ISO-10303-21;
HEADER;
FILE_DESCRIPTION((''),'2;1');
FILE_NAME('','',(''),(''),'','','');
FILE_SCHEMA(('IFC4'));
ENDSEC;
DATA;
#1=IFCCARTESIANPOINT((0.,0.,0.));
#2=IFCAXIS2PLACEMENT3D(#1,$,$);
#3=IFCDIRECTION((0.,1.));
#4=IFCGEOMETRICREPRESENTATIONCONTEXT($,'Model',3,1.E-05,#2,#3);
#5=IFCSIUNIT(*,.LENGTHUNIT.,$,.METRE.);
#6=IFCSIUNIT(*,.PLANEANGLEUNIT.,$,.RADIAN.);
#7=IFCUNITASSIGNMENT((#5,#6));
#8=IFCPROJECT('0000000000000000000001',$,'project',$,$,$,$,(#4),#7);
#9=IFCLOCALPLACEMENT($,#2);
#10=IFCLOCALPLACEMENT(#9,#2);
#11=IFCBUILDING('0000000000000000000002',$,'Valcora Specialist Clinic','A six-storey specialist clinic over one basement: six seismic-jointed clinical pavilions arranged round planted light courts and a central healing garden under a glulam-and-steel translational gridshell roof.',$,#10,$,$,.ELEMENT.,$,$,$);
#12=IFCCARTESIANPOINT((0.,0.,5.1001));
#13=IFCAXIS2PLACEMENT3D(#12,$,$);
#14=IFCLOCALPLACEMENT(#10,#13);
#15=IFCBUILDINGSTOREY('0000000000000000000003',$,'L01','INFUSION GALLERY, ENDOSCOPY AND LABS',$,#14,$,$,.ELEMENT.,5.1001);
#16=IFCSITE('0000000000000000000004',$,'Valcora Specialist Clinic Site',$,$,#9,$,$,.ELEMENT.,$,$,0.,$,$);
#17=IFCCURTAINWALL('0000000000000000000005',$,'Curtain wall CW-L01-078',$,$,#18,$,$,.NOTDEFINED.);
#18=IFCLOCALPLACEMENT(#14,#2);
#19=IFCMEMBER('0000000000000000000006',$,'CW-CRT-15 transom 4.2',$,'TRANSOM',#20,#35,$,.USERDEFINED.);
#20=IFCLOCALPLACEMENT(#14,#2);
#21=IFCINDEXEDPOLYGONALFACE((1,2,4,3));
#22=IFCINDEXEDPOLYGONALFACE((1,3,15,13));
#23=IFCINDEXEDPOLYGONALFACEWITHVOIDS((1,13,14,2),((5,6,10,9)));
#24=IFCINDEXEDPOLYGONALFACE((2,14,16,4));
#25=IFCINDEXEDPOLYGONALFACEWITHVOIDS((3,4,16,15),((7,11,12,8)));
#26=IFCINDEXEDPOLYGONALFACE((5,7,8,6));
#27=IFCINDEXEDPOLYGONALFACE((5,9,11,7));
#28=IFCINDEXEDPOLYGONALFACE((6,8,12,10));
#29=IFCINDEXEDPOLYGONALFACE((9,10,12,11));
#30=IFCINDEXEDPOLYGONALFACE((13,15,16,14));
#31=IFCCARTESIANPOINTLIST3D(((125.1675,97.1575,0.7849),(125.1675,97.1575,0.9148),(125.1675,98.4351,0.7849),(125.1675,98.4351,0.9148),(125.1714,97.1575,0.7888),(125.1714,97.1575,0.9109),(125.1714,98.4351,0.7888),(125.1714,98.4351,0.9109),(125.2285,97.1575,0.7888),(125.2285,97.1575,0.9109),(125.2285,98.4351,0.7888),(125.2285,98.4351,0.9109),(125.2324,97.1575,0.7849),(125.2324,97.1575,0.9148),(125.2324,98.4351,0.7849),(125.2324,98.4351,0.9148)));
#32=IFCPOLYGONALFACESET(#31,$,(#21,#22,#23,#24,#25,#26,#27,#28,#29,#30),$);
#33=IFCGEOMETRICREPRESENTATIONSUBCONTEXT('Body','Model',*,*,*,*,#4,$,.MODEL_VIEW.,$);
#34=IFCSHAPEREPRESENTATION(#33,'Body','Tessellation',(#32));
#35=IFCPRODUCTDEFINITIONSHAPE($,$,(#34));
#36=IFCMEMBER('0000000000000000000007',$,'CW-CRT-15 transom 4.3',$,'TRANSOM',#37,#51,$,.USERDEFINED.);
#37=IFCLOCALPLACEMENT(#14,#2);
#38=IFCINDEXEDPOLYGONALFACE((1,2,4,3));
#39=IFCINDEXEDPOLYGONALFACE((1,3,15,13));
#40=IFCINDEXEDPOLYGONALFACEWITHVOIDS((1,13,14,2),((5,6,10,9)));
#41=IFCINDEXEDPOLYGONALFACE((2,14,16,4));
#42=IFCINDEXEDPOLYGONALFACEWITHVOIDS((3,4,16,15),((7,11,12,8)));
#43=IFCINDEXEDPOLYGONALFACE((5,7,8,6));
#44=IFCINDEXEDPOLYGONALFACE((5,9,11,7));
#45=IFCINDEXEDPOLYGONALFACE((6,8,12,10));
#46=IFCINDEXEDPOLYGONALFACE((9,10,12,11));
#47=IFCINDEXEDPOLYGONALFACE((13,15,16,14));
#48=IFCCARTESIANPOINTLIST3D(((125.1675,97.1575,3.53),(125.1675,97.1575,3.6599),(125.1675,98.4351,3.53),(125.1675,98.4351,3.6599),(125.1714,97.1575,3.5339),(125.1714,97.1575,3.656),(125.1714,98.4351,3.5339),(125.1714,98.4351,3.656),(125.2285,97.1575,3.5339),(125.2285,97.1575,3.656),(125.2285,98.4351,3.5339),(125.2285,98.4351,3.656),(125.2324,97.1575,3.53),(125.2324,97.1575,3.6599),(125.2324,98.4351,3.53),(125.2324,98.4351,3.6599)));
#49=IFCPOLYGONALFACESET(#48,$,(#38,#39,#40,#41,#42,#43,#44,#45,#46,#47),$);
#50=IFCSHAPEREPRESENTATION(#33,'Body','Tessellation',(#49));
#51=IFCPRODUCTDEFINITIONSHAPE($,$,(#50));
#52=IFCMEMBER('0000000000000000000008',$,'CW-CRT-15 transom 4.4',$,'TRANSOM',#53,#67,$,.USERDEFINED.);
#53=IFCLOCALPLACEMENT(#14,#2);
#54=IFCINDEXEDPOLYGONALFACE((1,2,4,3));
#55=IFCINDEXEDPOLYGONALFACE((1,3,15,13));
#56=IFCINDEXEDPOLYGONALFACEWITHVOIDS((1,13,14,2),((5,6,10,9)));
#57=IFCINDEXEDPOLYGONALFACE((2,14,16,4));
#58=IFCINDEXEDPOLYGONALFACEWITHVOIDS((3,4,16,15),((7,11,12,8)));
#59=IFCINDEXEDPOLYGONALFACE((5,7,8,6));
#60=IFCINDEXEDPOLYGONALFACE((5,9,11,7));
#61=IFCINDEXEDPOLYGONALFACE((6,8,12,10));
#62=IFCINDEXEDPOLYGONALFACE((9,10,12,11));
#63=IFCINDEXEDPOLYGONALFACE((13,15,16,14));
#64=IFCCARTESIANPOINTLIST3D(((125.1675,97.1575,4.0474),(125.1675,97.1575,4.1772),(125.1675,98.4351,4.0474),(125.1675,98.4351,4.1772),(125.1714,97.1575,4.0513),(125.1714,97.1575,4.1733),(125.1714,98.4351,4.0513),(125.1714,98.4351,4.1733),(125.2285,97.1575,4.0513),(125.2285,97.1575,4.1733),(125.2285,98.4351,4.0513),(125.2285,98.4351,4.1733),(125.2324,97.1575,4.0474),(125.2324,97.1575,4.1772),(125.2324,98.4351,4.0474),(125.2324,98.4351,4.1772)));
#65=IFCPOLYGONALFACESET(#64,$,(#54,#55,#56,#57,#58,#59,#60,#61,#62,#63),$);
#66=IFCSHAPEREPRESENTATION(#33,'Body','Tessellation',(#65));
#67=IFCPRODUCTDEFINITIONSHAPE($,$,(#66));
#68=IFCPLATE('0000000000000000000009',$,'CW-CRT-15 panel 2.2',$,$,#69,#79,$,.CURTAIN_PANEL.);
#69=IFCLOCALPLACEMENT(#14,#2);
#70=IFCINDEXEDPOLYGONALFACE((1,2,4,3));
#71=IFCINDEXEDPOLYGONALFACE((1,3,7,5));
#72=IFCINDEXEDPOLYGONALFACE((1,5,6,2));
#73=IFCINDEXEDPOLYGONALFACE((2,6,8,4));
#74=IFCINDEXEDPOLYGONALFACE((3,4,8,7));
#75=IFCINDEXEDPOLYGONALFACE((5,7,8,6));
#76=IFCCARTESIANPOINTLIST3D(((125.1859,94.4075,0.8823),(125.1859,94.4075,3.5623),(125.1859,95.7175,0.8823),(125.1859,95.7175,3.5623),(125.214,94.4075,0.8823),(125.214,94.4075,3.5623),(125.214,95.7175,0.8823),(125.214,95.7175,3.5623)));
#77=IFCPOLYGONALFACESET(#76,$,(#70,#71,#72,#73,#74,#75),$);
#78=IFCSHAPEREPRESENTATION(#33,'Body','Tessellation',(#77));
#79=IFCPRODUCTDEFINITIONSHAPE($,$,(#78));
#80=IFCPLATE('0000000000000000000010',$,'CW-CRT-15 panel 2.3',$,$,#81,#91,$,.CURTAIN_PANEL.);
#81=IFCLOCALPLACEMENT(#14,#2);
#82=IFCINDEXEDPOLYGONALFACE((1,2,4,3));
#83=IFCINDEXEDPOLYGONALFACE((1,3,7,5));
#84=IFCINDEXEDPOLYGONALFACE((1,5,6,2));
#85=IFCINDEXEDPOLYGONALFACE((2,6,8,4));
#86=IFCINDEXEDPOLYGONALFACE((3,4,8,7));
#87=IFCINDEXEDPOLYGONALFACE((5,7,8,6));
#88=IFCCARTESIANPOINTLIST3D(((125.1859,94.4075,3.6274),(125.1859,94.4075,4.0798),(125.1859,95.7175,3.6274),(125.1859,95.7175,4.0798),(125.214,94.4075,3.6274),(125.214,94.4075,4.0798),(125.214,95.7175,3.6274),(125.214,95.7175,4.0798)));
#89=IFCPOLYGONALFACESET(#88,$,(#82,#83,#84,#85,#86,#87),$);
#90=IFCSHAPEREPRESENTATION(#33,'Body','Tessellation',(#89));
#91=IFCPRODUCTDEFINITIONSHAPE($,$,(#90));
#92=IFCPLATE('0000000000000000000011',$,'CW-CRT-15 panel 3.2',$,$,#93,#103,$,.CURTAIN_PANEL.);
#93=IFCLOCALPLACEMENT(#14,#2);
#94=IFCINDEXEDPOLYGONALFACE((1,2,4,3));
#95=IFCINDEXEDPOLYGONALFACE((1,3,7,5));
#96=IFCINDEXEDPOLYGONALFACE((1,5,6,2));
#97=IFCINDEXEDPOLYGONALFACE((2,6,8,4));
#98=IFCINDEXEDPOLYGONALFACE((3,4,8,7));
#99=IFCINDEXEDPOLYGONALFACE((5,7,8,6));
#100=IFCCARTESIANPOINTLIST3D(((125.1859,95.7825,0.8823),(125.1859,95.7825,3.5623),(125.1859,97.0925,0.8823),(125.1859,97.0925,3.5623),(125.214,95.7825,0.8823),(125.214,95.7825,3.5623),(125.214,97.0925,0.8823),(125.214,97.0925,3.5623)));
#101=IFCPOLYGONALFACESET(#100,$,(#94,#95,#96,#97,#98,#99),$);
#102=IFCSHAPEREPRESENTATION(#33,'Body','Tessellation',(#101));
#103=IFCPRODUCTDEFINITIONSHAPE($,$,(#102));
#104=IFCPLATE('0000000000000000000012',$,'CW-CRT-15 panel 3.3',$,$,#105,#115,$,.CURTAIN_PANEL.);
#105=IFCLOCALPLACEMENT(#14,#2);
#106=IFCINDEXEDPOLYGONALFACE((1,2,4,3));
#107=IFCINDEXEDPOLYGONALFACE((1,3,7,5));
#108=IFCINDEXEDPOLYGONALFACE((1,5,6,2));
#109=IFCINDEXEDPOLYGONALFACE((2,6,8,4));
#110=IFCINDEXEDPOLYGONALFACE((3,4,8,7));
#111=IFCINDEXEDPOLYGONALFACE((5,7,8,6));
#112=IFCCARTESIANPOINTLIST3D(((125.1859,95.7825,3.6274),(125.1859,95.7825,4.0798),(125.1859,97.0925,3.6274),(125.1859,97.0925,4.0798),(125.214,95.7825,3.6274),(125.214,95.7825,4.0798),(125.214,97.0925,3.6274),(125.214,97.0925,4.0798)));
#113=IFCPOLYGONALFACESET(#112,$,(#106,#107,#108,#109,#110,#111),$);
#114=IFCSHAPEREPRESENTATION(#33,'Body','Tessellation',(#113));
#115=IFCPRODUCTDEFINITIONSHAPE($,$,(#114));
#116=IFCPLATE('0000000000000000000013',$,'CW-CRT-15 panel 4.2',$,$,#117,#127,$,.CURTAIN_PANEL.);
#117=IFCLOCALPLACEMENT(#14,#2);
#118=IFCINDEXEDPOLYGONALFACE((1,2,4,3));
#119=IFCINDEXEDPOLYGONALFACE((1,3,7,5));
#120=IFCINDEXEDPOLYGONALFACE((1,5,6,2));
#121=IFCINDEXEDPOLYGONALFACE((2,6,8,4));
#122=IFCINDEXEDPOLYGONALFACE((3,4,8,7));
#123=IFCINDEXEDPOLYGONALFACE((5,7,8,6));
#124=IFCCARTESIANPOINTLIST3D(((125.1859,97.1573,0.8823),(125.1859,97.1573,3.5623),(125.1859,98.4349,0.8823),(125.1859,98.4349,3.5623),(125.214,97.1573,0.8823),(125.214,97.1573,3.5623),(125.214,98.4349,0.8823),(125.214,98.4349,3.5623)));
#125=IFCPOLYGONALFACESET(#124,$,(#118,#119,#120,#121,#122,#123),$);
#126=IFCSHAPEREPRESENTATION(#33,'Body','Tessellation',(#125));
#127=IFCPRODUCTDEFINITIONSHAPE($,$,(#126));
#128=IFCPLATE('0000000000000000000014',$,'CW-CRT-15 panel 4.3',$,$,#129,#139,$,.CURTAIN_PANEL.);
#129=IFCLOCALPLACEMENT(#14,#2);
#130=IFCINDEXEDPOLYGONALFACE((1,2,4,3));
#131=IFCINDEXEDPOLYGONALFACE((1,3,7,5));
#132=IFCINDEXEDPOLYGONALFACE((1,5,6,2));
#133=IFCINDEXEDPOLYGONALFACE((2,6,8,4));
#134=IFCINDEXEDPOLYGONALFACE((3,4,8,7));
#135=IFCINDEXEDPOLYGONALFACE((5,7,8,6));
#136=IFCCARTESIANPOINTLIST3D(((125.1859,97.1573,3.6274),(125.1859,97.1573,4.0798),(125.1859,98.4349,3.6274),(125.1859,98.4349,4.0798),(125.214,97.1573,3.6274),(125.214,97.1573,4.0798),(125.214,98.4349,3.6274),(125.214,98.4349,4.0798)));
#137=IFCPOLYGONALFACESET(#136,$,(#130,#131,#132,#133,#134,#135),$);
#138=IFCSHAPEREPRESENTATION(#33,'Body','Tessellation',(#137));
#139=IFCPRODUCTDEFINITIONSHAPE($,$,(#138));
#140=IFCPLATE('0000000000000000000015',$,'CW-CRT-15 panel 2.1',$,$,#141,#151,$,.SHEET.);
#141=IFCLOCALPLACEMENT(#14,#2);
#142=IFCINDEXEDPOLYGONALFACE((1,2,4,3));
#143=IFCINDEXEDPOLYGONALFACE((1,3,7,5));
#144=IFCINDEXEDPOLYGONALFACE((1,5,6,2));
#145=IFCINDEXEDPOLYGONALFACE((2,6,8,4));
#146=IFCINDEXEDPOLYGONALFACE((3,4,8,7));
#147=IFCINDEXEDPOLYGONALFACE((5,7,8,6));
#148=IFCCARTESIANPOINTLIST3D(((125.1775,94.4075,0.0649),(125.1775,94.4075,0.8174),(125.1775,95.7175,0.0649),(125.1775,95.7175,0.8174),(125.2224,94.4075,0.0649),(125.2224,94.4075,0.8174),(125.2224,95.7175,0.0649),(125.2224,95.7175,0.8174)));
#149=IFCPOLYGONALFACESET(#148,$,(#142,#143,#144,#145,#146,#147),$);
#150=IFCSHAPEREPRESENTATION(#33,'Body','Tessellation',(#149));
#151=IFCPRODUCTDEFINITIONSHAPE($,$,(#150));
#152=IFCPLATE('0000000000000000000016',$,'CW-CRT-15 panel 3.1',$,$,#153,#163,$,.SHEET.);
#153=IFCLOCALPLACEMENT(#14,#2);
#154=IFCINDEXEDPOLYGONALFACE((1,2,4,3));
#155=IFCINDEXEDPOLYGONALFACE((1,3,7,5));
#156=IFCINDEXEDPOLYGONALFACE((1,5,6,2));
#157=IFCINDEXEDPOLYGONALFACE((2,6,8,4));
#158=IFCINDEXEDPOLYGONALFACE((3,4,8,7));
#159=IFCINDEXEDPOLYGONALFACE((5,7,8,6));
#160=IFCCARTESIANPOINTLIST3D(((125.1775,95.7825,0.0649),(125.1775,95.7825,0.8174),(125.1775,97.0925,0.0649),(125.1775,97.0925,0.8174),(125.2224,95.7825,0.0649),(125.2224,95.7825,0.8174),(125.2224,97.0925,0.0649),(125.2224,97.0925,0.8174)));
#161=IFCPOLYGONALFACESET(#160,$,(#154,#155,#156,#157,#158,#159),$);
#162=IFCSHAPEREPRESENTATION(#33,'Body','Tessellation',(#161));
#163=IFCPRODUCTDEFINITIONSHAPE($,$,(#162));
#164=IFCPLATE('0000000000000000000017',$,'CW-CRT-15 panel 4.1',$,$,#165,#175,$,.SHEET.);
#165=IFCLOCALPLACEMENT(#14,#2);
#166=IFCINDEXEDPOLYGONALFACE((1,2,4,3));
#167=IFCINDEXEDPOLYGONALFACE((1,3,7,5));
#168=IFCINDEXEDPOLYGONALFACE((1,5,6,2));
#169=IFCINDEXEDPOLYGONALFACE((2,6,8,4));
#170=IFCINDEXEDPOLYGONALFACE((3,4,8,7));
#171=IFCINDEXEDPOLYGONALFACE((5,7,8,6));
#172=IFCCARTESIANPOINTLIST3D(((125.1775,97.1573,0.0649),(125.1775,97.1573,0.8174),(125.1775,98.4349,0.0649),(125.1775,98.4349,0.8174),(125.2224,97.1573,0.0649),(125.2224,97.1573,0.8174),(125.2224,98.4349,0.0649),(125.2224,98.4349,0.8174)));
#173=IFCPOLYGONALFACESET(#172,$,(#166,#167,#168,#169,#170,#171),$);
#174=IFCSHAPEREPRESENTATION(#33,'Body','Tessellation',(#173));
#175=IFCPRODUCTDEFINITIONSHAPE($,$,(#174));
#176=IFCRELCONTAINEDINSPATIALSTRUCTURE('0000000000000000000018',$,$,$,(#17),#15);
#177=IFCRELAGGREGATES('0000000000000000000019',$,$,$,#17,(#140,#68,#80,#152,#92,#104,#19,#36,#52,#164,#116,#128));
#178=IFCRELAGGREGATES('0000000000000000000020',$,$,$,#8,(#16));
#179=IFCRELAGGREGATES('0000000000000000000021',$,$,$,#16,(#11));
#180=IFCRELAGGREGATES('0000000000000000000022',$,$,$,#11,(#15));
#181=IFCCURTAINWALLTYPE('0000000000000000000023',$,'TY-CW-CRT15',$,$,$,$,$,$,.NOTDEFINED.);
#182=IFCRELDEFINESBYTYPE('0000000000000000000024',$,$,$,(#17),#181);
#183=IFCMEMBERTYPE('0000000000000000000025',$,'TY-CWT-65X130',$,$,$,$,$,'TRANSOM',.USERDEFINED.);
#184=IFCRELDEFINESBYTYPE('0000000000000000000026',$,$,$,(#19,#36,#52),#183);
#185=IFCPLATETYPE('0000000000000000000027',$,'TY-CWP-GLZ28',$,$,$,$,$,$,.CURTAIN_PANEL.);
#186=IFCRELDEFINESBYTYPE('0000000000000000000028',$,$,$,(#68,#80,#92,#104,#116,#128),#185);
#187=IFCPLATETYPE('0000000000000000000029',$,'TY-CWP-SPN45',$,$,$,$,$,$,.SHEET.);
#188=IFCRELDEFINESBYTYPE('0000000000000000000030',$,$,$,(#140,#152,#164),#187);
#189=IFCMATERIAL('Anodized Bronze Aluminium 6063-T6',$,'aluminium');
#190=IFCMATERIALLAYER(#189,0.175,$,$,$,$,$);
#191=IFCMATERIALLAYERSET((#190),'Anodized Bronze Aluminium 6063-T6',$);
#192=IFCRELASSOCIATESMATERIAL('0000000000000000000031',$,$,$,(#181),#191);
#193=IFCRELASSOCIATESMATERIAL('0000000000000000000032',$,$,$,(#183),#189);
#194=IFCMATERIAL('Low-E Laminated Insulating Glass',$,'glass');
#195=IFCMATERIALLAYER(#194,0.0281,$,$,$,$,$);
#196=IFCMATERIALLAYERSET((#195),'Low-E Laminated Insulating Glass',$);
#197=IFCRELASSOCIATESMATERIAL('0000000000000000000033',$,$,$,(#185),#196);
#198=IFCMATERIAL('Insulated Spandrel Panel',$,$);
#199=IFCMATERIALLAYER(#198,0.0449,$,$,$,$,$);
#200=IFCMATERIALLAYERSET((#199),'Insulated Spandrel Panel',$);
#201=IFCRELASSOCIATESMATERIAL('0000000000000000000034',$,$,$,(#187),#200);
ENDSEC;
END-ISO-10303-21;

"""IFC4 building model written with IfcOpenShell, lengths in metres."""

from ifc_helpers import new_model, si_unit, direction, frame, origin, origin_2d, place, context, subcontext, project, spatial, rectangle, hollow_rectangle, extrude, material, layer, layer_set, material_profile, profile_set, type_object, element, aggregate, save


model = new_model("IFC4")

# Units and contexts
model_context = context("Model", 3, precision=1e-05, world=origin(), true_north=direction((0.0, 1.0)))
body_context = subcontext(model_context, "Body", "Model", "MODEL_VIEW")
ifc_project = project(units=[si_unit("LENGTHUNIT", "METRE"), si_unit("PLANEANGLEUNIT", "RADIAN")], contexts=[model_context])

# Site, building, storey
site_placement = place(None, origin())
site = spatial("IfcSite", under=ifc_project, at=site_placement, Name="Valcora Specialist Clinic Site", CompositionType="ELEMENT", RefElevation=0.0)
building_placement = place(site_placement, origin())
building = spatial("IfcBuilding", under=site, at=building_placement, Name="Valcora Specialist Clinic", Description="A six-storey specialist clinic over one basement: six seismic-jointed clinical pavilions arranged round planted light courts and a central healing garden under a glulam-and-steel translational gridshell roof.", CompositionType="ELEMENT")
storey_placement = place(building_placement, frame((0.0, 0.0, 5.1001)))
storey = spatial("IfcBuildingStorey", under=building, at=storey_placement, Name="L01", Description="INFUSION GALLERY, ENDOSCOPY AND LABS", CompositionType="ELEMENT", Elevation=5.1001)

# Curtain wall, members, plates
ifc_material_1 = material(Name="Anodized Bronze Aluminium 6063-T6", Category="aluminium")
ifc_layer_1 = layer(ifc_material_1, 0.175)
ifc_layer_set_1 = layer_set([ifc_layer_1], Name="Anodized Bronze Aluminium 6063-T6")
curtain_wall_type = type_object("IfcCurtainWallType", Name="TY-CW-CRT15", PredefinedType="NOTDEFINED", material=ifc_layer_set_1)
curtain_wall_placement = place(storey_placement, origin())
curtain_wall = element("IfcCurtainWall", 1, at=curtain_wall_placement, inside=storey, type_object=curtain_wall_type, Name="Curtain wall CW-L01-078", PredefinedType="NOTDEFINED")
ifc_material_profile_1 = material_profile(ifc_material_1, hollow_rectangle(XDim=0.0649, YDim=0.1299, WallThickness=0.0039, at=origin_2d()), Name="AL-TRN-65X130")
ifc_profile_set_1 = profile_set([ifc_material_profile_1], Name="Anodized Bronze Aluminium 6063-T6")
member_type_1 = type_object("IfcMemberType", Name="TY-CWT-65X130", ElementType="TRANSOM", PredefinedType="USERDEFINED", material=ifc_profile_set_1)
member_1_placement = place(storey_placement, frame((125.2, 97.1575, 0.8499), z_axis=(0.0, 1.0, 0.0), x_axis=(-1.0, 0.0, 0.0)))
member_1 = element("IfcMember", 2, at=member_1_placement, type_object=member_type_1, Name="CW-CRT-15 transom 4.2", ObjectType="TRANSOM", PredefinedType="USERDEFINED", context=body_context, shape_type="SweptSolid", body=[
    extrude(hollow_rectangle(XDim=0.0649, YDim=0.1299, WallThickness=0.0039, at=origin_2d()), origin(), (0.0, 0.0, 1.0), 1.2776),
])
member_2_placement = place(storey_placement, frame((125.2, 97.1575, 3.595), z_axis=(0.0, 1.0, 0.0), x_axis=(-1.0, 0.0, 0.0)))
member_2 = element("IfcMember", 3, at=member_2_placement, type_object=member_type_1, Name="CW-CRT-15 transom 4.3", ObjectType="TRANSOM", PredefinedType="USERDEFINED", context=body_context, shape_type="SweptSolid", body=[
    extrude(hollow_rectangle(XDim=0.0649, YDim=0.1299, WallThickness=0.0039, at=origin_2d()), origin(), (0.0, 0.0, 1.0), 1.2776),
])
member_3_placement = place(storey_placement, frame((125.2, 97.1575, 4.1123), z_axis=(0.0, 1.0, 0.0), x_axis=(-1.0, 0.0, 0.0)))
member_3 = element("IfcMember", 4, at=member_3_placement, type_object=member_type_1, Name="CW-CRT-15 transom 4.4", ObjectType="TRANSOM", PredefinedType="USERDEFINED", context=body_context, shape_type="SweptSolid", body=[
    extrude(hollow_rectangle(XDim=0.0649, YDim=0.1299, WallThickness=0.0039, at=origin_2d()), origin(), (0.0, 0.0, 1.0), 1.2776),
])
ifc_material_2 = material(Name="Low-E Laminated Insulating Glass", Category="glass")
ifc_layer_2 = layer(ifc_material_2, 0.0281)
ifc_layer_set_2 = layer_set([ifc_layer_2], Name="Low-E Laminated Insulating Glass")
plate_type_1 = type_object("IfcPlateType", Name="TY-CWP-GLZ28", PredefinedType="CURTAIN_PANEL", material=ifc_layer_set_2)
plate_1_placement = place(storey_placement, frame((125.2, 95.0625, 0.8823), z_axis=(0.0, 0.0, 1.0), x_axis=(0.0, 1.0, 0.0)))
plate_1 = element("IfcPlate", 5, at=plate_1_placement, type_object=plate_type_1, Name="CW-CRT-15 panel 2.2", PredefinedType="CURTAIN_PANEL", context=body_context, shape_type="SweptSolid", body=[
    extrude(rectangle(XDim=1.3101, YDim=0.0281, at=origin_2d()), origin(), (0.0, 0.0, 1.0), 2.6799),
])
plate_2_placement = place(storey_placement, frame((125.2, 95.0625, 3.6274), z_axis=(0.0, 0.0, 1.0), x_axis=(0.0, 1.0, 0.0)))
plate_2 = element("IfcPlate", 6, at=plate_2_placement, type_object=plate_type_1, Name="CW-CRT-15 panel 2.3", PredefinedType="CURTAIN_PANEL", context=body_context, shape_type="SweptSolid", body=[
    extrude(rectangle(XDim=1.3101, YDim=0.0281, at=origin_2d()), origin(), (0.0, 0.0, 1.0), 0.4524),
])
plate_3_placement = place(storey_placement, frame((125.2, 96.4375, 0.8823), z_axis=(0.0, 0.0, 1.0), x_axis=(0.0, 1.0, 0.0)))
plate_3 = element("IfcPlate", 7, at=plate_3_placement, type_object=plate_type_1, Name="CW-CRT-15 panel 3.2", PredefinedType="CURTAIN_PANEL", context=body_context, shape_type="SweptSolid", body=[
    extrude(rectangle(XDim=1.3101, YDim=0.0281, at=origin_2d()), origin(), (0.0, 0.0, 1.0), 2.6799),
])
plate_4_placement = place(storey_placement, frame((125.2, 96.4375, 3.6274), z_axis=(0.0, 0.0, 1.0), x_axis=(0.0, 1.0, 0.0)))
plate_4 = element("IfcPlate", 8, at=plate_4_placement, type_object=plate_type_1, Name="CW-CRT-15 panel 3.3", PredefinedType="CURTAIN_PANEL", context=body_context, shape_type="SweptSolid", body=[
    extrude(rectangle(XDim=1.3101, YDim=0.0281, at=origin_2d()), origin(), (0.0, 0.0, 1.0), 0.4524),
])
plate_5_placement = place(storey_placement, frame((125.2, 97.7961, 0.8823), z_axis=(0.0, 0.0, 1.0), x_axis=(0.0, 1.0, 0.0)))
plate_5 = element("IfcPlate", 9, at=plate_5_placement, type_object=plate_type_1, Name="CW-CRT-15 panel 4.2", PredefinedType="CURTAIN_PANEL", context=body_context, shape_type="SweptSolid", body=[
    extrude(rectangle(XDim=1.2776, YDim=0.0281, at=origin_2d()), origin(), (0.0, 0.0, 1.0), 2.6799),
])
plate_6_placement = place(storey_placement, frame((125.2, 97.7961, 3.6274), z_axis=(0.0, 0.0, 1.0), x_axis=(0.0, 1.0, 0.0)))
plate_6 = element("IfcPlate", 10, at=plate_6_placement, type_object=plate_type_1, Name="CW-CRT-15 panel 4.3", PredefinedType="CURTAIN_PANEL", context=body_context, shape_type="SweptSolid", body=[
    extrude(rectangle(XDim=1.2776, YDim=0.0281, at=origin_2d()), origin(), (0.0, 0.0, 1.0), 0.4524),
])
ifc_material_3 = material(Name="Insulated Spandrel Panel")
ifc_layer_3 = layer(ifc_material_3, 0.0449)
ifc_layer_set_3 = layer_set([ifc_layer_3], Name="Insulated Spandrel Panel")
plate_type_2 = type_object("IfcPlateType", Name="TY-CWP-SPN45", PredefinedType="SHEET", material=ifc_layer_set_3)
plate_7_placement = place(storey_placement, frame((125.2, 95.0625, 0.0649), z_axis=(0.0, 0.0, 1.0), x_axis=(0.0, 1.0, 0.0)))
plate_7 = element("IfcPlate", 11, at=plate_7_placement, type_object=plate_type_2, Name="CW-CRT-15 panel 2.1", PredefinedType="SHEET", context=body_context, shape_type="SweptSolid", body=[
    extrude(rectangle(XDim=1.3101, YDim=0.0449, at=origin_2d()), origin(), (0.0, 0.0, 1.0), 0.7524),
])
plate_8_placement = place(storey_placement, frame((125.2, 96.4375, 0.0649), z_axis=(0.0, 0.0, 1.0), x_axis=(0.0, 1.0, 0.0)))
plate_8 = element("IfcPlate", 12, at=plate_8_placement, type_object=plate_type_2, Name="CW-CRT-15 panel 3.1", PredefinedType="SHEET", context=body_context, shape_type="SweptSolid", body=[
    extrude(rectangle(XDim=1.3101, YDim=0.0449, at=origin_2d()), origin(), (0.0, 0.0, 1.0), 0.7524),
])
plate_9_placement = place(storey_placement, frame((125.2, 97.7961, 0.0649), z_axis=(0.0, 0.0, 1.0), x_axis=(0.0, 1.0, 0.0)))
plate_9 = element("IfcPlate", 13, at=plate_9_placement, type_object=plate_type_2, Name="CW-CRT-15 panel 4.1", PredefinedType="SHEET", context=body_context, shape_type="SweptSolid", body=[
    extrude(rectangle(XDim=1.2776, YDim=0.0449, at=origin_2d()), origin(), (0.0, 0.0, 1.0), 0.7524),
])
aggregate(curtain_wall, [plate_7, plate_1, plate_2, plate_8, plate_3, plate_4, member_1, member_2, member_3, plate_9, plate_5, plate_6])

save(model, "model.ifc")
